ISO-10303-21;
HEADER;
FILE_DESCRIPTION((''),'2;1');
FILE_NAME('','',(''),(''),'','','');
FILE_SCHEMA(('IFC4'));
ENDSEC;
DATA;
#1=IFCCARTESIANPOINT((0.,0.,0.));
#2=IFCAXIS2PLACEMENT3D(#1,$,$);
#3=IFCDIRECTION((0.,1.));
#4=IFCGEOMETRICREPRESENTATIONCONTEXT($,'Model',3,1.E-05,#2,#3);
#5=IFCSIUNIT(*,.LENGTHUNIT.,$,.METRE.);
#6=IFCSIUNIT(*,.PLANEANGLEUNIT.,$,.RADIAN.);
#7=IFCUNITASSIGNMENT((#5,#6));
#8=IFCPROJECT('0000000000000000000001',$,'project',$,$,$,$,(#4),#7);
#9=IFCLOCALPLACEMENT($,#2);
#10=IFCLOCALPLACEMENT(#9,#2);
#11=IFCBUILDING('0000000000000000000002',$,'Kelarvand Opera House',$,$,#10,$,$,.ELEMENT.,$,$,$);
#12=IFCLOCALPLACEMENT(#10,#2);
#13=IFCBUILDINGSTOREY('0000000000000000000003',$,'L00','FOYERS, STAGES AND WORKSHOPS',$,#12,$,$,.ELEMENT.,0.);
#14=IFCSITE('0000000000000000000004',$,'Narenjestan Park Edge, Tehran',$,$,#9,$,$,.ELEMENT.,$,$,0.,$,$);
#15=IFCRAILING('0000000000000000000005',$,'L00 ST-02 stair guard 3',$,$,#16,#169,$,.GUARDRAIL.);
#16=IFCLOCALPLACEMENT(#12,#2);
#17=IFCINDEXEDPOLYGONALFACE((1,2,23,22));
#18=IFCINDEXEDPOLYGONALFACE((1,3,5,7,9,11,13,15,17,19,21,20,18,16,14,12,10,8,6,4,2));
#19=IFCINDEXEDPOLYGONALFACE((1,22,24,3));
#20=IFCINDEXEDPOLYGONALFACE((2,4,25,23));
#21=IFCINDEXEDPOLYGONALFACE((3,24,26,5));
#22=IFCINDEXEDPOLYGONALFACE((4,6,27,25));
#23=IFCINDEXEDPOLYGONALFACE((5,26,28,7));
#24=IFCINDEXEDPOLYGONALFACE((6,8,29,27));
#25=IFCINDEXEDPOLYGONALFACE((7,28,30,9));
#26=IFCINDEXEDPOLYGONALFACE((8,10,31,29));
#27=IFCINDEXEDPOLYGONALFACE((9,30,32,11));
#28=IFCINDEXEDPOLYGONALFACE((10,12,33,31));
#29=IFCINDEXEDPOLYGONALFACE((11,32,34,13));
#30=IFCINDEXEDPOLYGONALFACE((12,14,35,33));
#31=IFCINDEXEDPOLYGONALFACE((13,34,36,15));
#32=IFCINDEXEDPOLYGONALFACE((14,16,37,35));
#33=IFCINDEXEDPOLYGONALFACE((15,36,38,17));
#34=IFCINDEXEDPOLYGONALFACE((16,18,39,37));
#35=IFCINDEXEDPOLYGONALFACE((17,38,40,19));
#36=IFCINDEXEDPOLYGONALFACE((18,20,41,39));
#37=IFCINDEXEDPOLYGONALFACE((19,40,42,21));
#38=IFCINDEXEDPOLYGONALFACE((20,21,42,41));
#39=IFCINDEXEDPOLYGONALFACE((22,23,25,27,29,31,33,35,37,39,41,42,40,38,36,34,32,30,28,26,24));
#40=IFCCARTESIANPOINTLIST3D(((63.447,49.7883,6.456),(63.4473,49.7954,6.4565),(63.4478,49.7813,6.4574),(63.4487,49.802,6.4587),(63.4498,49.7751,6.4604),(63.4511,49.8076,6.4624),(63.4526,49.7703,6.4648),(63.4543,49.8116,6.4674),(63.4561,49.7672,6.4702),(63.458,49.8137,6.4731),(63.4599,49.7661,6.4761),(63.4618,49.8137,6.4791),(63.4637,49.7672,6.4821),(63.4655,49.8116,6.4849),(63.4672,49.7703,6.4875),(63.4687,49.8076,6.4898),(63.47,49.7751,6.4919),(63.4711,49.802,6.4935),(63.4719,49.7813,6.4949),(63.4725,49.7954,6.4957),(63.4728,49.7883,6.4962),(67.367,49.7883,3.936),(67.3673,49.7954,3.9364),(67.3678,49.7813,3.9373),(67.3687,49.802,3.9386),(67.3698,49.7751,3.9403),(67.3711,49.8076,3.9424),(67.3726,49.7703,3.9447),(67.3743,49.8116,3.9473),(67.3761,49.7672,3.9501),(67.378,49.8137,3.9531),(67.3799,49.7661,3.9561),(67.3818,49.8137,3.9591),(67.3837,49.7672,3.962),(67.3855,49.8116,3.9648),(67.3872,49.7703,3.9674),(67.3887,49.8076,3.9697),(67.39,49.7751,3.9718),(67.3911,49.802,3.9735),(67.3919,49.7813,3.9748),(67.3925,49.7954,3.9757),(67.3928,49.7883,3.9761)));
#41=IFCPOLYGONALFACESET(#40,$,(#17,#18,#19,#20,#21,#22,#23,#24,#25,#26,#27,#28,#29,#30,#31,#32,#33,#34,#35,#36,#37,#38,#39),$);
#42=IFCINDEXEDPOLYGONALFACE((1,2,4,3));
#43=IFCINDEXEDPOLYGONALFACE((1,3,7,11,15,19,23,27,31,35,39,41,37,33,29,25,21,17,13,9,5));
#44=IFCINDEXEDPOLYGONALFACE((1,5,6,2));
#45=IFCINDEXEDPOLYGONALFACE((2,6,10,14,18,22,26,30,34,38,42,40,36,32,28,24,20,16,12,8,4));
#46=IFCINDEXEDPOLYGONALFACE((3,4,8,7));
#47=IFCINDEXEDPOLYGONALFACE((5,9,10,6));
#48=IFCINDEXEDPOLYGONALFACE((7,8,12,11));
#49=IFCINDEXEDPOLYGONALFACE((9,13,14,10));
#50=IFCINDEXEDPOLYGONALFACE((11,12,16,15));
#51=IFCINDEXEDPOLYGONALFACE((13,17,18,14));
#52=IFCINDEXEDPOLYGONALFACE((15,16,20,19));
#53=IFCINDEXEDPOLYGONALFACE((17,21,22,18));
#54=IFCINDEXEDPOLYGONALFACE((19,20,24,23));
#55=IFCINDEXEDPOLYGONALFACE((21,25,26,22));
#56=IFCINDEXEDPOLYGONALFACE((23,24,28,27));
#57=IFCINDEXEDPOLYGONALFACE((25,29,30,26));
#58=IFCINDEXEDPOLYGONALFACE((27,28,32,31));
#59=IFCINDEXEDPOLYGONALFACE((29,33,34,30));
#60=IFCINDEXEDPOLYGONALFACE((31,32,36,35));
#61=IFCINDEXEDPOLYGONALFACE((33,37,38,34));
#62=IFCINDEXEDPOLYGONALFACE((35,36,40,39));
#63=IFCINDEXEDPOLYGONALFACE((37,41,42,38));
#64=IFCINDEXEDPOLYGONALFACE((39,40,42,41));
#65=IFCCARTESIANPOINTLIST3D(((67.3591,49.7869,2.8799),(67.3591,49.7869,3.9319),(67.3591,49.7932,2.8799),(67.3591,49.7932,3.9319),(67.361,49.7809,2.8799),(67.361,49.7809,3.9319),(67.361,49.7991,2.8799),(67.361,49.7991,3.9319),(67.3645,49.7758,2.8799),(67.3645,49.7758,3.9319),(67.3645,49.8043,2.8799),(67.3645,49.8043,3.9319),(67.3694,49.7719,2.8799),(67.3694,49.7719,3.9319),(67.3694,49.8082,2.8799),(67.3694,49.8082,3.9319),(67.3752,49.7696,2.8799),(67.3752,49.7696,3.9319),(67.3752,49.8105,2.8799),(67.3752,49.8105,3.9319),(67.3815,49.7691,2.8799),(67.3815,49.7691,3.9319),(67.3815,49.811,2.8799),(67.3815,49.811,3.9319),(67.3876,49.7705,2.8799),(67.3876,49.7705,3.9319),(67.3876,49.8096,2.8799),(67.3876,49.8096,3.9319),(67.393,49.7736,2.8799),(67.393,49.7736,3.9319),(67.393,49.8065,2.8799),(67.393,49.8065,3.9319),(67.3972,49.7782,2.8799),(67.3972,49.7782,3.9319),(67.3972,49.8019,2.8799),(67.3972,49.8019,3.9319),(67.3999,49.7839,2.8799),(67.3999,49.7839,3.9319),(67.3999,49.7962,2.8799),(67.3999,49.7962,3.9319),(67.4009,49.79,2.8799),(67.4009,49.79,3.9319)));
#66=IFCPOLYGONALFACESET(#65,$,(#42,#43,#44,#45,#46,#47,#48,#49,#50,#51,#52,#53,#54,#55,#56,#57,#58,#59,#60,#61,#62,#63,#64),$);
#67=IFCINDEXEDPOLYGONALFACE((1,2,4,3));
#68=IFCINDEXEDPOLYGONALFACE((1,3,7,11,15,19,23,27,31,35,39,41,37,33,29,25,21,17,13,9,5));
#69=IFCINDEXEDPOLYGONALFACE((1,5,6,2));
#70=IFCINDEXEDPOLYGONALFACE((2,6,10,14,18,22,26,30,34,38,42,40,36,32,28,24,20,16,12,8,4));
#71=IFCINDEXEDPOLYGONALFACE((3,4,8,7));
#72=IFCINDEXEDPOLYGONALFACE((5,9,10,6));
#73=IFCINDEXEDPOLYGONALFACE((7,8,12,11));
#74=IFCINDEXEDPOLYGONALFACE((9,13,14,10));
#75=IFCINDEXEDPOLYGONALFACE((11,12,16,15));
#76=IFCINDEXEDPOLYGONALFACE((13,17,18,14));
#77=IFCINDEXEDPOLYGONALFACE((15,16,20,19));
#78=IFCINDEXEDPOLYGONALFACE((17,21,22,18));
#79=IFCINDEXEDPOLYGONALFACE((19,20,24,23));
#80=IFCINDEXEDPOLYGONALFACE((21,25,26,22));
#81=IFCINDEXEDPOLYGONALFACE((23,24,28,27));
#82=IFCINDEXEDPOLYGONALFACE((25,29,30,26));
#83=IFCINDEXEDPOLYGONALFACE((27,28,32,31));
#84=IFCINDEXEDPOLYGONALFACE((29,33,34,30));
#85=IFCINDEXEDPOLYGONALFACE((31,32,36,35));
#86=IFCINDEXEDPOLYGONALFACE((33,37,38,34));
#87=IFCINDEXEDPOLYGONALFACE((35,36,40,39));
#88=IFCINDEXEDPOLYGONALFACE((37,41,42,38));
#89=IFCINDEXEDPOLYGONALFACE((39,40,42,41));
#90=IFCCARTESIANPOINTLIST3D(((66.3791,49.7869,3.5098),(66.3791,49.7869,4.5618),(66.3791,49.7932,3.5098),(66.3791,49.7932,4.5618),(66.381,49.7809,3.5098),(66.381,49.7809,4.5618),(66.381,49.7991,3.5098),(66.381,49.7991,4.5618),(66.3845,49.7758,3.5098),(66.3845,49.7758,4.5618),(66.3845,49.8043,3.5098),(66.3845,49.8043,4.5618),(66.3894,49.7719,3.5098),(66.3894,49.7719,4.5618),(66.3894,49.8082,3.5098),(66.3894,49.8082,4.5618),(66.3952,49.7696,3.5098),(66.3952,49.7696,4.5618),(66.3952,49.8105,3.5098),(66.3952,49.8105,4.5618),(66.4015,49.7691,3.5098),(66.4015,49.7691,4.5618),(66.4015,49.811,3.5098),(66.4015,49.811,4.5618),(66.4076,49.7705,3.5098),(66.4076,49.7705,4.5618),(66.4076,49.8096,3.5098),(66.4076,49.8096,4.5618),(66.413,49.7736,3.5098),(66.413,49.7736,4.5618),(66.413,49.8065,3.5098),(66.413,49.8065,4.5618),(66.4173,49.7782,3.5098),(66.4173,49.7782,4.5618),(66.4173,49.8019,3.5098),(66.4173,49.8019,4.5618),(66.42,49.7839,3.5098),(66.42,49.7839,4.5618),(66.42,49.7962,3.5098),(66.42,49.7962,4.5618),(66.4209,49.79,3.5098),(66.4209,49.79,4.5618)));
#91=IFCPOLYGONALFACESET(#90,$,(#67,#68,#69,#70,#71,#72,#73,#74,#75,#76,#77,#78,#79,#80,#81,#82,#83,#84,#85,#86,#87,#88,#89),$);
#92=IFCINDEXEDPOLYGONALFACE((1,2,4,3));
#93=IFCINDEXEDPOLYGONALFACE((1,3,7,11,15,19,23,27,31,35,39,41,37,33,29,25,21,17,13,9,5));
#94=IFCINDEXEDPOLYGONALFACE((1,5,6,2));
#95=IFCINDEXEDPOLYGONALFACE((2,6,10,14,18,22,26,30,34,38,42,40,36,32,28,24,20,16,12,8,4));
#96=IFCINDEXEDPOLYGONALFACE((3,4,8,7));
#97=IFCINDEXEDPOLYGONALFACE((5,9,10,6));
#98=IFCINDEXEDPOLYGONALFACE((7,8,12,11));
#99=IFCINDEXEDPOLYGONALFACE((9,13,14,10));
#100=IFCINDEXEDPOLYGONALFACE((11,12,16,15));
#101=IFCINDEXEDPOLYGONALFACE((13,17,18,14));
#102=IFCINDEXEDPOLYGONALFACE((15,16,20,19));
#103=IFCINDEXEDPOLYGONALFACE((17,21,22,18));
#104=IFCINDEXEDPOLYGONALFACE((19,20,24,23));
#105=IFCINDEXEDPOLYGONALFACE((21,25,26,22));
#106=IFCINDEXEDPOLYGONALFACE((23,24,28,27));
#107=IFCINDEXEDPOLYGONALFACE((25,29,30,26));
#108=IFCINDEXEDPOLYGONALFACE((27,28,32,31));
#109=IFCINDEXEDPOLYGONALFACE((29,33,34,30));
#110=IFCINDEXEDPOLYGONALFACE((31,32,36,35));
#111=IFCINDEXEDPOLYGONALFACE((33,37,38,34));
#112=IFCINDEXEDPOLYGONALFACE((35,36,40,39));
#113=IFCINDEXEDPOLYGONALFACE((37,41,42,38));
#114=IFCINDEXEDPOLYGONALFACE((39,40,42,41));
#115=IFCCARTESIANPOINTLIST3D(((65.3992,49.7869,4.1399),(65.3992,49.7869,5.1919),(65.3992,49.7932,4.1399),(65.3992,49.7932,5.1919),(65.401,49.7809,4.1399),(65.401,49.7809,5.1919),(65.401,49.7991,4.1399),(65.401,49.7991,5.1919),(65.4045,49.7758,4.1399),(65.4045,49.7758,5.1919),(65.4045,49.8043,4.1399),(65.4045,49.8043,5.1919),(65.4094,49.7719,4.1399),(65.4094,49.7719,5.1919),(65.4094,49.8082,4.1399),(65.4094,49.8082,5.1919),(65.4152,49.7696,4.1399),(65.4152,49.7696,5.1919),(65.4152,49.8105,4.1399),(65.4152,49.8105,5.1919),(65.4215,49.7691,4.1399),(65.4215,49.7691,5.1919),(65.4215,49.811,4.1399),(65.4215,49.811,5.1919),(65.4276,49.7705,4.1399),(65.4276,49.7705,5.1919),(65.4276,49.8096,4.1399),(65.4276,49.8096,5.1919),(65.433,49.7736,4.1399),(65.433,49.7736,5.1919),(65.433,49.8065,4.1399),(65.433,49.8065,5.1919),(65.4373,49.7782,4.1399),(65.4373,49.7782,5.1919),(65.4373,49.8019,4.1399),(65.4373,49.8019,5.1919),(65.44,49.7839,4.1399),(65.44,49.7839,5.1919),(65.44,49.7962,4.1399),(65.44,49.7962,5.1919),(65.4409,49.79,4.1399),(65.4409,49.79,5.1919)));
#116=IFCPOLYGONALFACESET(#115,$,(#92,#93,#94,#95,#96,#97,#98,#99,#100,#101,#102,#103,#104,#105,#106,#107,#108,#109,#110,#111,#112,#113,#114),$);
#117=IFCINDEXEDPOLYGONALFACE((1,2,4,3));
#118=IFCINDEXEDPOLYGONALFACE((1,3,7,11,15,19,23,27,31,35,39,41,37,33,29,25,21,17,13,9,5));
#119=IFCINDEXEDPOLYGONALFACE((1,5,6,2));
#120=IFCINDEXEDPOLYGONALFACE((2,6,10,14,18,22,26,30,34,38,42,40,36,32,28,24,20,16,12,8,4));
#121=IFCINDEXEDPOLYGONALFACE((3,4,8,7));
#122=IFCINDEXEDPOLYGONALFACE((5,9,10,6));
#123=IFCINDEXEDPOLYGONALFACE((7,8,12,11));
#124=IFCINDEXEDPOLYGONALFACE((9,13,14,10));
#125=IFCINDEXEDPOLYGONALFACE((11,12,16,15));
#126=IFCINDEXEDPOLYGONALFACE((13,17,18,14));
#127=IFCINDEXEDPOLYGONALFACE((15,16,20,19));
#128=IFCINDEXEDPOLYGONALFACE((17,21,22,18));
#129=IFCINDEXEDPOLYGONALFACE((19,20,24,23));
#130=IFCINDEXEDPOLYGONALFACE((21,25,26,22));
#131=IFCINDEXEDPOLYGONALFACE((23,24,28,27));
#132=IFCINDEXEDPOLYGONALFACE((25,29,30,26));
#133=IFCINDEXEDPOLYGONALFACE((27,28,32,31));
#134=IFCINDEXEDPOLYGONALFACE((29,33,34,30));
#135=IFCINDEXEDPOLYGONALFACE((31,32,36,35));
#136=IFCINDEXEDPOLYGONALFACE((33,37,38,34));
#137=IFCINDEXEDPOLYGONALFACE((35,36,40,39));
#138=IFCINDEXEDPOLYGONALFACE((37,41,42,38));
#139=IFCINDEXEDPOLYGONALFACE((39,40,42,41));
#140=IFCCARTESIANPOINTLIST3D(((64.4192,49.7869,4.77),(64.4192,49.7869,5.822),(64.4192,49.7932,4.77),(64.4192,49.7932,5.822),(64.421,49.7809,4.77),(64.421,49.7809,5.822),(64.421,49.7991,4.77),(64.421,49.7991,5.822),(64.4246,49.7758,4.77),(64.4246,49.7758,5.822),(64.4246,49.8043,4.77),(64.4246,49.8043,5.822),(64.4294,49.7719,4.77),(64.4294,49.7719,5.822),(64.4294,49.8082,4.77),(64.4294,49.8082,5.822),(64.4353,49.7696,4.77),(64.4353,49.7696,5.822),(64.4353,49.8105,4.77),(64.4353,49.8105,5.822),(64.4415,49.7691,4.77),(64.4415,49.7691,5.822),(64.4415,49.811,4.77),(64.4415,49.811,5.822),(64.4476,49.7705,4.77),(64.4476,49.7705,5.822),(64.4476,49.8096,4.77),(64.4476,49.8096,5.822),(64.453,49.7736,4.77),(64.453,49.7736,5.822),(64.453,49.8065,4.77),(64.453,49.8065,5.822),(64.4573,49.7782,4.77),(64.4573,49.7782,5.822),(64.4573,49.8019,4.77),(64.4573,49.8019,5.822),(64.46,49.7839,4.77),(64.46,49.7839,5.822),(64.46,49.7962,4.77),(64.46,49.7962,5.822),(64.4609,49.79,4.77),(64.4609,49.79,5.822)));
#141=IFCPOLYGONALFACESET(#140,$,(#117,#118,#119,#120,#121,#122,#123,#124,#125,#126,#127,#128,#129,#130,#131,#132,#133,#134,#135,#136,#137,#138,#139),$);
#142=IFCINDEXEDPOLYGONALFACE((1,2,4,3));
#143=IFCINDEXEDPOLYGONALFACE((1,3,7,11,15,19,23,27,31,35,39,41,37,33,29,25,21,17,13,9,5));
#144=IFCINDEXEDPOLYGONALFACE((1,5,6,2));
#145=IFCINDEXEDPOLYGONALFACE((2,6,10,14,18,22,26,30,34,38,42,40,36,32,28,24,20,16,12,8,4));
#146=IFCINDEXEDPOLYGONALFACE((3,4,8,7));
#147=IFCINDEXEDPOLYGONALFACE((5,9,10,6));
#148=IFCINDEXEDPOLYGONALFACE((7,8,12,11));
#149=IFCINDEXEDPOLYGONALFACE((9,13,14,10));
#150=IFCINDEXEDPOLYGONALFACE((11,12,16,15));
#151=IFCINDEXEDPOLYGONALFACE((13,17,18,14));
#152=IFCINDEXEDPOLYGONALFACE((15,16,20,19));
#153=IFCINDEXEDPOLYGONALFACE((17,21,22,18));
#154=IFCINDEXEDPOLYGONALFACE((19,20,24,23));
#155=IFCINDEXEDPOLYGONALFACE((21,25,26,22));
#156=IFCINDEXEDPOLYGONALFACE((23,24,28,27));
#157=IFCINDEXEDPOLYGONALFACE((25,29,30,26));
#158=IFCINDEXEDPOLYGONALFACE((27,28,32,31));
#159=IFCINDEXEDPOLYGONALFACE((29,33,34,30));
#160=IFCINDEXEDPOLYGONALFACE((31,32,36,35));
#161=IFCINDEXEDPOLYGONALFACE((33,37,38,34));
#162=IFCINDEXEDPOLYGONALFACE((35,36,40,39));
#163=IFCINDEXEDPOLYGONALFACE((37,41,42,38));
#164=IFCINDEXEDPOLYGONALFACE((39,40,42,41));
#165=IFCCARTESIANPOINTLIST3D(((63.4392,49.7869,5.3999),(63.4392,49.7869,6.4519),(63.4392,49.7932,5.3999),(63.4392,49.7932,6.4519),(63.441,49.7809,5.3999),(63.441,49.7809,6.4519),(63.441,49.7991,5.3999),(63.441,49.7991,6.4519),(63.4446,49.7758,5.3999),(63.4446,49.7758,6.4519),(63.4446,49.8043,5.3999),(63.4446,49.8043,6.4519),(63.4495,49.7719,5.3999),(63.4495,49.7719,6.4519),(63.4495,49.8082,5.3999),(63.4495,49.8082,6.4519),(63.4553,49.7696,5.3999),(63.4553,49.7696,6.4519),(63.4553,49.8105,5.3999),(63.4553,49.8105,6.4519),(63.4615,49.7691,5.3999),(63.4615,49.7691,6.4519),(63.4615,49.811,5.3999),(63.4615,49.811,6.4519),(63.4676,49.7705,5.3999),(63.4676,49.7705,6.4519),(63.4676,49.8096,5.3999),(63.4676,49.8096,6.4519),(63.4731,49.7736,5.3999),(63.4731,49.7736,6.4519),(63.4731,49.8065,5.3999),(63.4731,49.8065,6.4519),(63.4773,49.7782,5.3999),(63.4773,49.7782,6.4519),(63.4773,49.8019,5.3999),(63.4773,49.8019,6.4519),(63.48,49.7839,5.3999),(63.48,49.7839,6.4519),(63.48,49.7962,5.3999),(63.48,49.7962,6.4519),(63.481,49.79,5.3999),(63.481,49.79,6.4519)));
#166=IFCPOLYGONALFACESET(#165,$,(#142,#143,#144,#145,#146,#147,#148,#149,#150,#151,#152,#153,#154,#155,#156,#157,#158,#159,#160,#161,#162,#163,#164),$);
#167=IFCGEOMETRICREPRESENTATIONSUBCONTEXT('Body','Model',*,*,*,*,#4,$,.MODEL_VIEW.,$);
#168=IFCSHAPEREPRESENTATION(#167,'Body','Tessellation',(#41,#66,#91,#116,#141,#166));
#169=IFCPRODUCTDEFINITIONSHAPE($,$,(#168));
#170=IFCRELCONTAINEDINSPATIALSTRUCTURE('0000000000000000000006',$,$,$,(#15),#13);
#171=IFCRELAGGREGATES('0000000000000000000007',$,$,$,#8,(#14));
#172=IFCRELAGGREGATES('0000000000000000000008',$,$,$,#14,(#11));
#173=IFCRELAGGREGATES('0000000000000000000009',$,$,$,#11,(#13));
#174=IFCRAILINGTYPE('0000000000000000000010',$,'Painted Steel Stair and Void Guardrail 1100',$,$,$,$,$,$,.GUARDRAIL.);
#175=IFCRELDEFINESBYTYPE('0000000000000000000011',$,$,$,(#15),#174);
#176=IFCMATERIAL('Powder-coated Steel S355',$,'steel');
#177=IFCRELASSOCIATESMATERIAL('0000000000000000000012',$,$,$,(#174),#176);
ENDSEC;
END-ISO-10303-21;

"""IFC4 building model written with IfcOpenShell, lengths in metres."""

from ifc_helpers import new_model, si_unit, direction, frame, origin, origin_2d, place, context, subcontext, project, spatial, circle, extrude, material, type_object, element, save


model = new_model("IFC4")

# Units and contexts
model_context = context("Model", 3, precision=1e-05, world=origin(), true_north=direction((0.0, 1.0)))
body_context = subcontext(model_context, "Body", "Model", "MODEL_VIEW")
ifc_project = project(units=[si_unit("LENGTHUNIT", "METRE"), si_unit("PLANEANGLEUNIT", "RADIAN")], contexts=[model_context])

# Site, building, storey
site_placement = place(None, origin())
site = spatial("IfcSite", under=ifc_project, at=site_placement, Name="Narenjestan Park Edge, Tehran", CompositionType="ELEMENT", RefElevation=0.0)
building_placement = place(site_placement, origin())
building = spatial("IfcBuilding", under=site, at=building_placement, Name="Kelarvand Opera House", CompositionType="ELEMENT")
storey_placement = place(building_placement, origin())
storey = spatial("IfcBuildingStorey", under=building, at=storey_placement, Name="L00", Description="FOYERS, STAGES AND WORKSHOPS", CompositionType="ELEMENT", Elevation=0.0)

# Railing
ifc_material_1 = material(Name="Powder-coated Steel S355", Category="steel")
railing_type_1 = type_object("IfcRailingType", Name="Painted Steel Stair and Void Guardrail 1100", PredefinedType="GUARDRAIL", material=ifc_material_1)
railing_1_placement = place(storey_placement, frame((67.3799, 49.79, 2.8799)))
element("IfcRailing", 1, at=railing_1_placement, inside=storey, type_object=railing_type_1, Name="L00 ST-02 stair guard 3", PredefinedType="GUARDRAIL", context=body_context, shape_type="SweptSolid", body=[
    extrude(circle(Radius=0.0239, at=origin_2d()), frame((0.0, 0.0, 1.0762), z_axis=(-0.841172, 0.0, 0.540768), x_axis=(0.0, -1.0, 0.0)), (0.0, 0.0, 1.0), 4.6602),
    extrude(circle(Radius=0.021, at=origin_2d()), origin(), (0.0, 0.0, 1.0), 1.052),
    extrude(circle(Radius=0.021, at=origin_2d()), frame((-0.98, 0.0, 0.6299)), (0.0, 0.0, 1.0), 1.052),
    extrude(circle(Radius=0.021, at=origin_2d()), frame((-1.96, 0.0, 1.26)), (0.0, 0.0, 1.0), 1.052),
    extrude(circle(Radius=0.021, at=origin_2d()), frame((-2.9399, 0.0, 1.8901)), (0.0, 0.0, 1.0), 1.052),
    extrude(circle(Radius=0.021, at=origin_2d()), frame((-3.9199, 0.0, 2.52)), (0.0, 0.0, 1.0), 1.052),
])

save(model, "model.ifc")
